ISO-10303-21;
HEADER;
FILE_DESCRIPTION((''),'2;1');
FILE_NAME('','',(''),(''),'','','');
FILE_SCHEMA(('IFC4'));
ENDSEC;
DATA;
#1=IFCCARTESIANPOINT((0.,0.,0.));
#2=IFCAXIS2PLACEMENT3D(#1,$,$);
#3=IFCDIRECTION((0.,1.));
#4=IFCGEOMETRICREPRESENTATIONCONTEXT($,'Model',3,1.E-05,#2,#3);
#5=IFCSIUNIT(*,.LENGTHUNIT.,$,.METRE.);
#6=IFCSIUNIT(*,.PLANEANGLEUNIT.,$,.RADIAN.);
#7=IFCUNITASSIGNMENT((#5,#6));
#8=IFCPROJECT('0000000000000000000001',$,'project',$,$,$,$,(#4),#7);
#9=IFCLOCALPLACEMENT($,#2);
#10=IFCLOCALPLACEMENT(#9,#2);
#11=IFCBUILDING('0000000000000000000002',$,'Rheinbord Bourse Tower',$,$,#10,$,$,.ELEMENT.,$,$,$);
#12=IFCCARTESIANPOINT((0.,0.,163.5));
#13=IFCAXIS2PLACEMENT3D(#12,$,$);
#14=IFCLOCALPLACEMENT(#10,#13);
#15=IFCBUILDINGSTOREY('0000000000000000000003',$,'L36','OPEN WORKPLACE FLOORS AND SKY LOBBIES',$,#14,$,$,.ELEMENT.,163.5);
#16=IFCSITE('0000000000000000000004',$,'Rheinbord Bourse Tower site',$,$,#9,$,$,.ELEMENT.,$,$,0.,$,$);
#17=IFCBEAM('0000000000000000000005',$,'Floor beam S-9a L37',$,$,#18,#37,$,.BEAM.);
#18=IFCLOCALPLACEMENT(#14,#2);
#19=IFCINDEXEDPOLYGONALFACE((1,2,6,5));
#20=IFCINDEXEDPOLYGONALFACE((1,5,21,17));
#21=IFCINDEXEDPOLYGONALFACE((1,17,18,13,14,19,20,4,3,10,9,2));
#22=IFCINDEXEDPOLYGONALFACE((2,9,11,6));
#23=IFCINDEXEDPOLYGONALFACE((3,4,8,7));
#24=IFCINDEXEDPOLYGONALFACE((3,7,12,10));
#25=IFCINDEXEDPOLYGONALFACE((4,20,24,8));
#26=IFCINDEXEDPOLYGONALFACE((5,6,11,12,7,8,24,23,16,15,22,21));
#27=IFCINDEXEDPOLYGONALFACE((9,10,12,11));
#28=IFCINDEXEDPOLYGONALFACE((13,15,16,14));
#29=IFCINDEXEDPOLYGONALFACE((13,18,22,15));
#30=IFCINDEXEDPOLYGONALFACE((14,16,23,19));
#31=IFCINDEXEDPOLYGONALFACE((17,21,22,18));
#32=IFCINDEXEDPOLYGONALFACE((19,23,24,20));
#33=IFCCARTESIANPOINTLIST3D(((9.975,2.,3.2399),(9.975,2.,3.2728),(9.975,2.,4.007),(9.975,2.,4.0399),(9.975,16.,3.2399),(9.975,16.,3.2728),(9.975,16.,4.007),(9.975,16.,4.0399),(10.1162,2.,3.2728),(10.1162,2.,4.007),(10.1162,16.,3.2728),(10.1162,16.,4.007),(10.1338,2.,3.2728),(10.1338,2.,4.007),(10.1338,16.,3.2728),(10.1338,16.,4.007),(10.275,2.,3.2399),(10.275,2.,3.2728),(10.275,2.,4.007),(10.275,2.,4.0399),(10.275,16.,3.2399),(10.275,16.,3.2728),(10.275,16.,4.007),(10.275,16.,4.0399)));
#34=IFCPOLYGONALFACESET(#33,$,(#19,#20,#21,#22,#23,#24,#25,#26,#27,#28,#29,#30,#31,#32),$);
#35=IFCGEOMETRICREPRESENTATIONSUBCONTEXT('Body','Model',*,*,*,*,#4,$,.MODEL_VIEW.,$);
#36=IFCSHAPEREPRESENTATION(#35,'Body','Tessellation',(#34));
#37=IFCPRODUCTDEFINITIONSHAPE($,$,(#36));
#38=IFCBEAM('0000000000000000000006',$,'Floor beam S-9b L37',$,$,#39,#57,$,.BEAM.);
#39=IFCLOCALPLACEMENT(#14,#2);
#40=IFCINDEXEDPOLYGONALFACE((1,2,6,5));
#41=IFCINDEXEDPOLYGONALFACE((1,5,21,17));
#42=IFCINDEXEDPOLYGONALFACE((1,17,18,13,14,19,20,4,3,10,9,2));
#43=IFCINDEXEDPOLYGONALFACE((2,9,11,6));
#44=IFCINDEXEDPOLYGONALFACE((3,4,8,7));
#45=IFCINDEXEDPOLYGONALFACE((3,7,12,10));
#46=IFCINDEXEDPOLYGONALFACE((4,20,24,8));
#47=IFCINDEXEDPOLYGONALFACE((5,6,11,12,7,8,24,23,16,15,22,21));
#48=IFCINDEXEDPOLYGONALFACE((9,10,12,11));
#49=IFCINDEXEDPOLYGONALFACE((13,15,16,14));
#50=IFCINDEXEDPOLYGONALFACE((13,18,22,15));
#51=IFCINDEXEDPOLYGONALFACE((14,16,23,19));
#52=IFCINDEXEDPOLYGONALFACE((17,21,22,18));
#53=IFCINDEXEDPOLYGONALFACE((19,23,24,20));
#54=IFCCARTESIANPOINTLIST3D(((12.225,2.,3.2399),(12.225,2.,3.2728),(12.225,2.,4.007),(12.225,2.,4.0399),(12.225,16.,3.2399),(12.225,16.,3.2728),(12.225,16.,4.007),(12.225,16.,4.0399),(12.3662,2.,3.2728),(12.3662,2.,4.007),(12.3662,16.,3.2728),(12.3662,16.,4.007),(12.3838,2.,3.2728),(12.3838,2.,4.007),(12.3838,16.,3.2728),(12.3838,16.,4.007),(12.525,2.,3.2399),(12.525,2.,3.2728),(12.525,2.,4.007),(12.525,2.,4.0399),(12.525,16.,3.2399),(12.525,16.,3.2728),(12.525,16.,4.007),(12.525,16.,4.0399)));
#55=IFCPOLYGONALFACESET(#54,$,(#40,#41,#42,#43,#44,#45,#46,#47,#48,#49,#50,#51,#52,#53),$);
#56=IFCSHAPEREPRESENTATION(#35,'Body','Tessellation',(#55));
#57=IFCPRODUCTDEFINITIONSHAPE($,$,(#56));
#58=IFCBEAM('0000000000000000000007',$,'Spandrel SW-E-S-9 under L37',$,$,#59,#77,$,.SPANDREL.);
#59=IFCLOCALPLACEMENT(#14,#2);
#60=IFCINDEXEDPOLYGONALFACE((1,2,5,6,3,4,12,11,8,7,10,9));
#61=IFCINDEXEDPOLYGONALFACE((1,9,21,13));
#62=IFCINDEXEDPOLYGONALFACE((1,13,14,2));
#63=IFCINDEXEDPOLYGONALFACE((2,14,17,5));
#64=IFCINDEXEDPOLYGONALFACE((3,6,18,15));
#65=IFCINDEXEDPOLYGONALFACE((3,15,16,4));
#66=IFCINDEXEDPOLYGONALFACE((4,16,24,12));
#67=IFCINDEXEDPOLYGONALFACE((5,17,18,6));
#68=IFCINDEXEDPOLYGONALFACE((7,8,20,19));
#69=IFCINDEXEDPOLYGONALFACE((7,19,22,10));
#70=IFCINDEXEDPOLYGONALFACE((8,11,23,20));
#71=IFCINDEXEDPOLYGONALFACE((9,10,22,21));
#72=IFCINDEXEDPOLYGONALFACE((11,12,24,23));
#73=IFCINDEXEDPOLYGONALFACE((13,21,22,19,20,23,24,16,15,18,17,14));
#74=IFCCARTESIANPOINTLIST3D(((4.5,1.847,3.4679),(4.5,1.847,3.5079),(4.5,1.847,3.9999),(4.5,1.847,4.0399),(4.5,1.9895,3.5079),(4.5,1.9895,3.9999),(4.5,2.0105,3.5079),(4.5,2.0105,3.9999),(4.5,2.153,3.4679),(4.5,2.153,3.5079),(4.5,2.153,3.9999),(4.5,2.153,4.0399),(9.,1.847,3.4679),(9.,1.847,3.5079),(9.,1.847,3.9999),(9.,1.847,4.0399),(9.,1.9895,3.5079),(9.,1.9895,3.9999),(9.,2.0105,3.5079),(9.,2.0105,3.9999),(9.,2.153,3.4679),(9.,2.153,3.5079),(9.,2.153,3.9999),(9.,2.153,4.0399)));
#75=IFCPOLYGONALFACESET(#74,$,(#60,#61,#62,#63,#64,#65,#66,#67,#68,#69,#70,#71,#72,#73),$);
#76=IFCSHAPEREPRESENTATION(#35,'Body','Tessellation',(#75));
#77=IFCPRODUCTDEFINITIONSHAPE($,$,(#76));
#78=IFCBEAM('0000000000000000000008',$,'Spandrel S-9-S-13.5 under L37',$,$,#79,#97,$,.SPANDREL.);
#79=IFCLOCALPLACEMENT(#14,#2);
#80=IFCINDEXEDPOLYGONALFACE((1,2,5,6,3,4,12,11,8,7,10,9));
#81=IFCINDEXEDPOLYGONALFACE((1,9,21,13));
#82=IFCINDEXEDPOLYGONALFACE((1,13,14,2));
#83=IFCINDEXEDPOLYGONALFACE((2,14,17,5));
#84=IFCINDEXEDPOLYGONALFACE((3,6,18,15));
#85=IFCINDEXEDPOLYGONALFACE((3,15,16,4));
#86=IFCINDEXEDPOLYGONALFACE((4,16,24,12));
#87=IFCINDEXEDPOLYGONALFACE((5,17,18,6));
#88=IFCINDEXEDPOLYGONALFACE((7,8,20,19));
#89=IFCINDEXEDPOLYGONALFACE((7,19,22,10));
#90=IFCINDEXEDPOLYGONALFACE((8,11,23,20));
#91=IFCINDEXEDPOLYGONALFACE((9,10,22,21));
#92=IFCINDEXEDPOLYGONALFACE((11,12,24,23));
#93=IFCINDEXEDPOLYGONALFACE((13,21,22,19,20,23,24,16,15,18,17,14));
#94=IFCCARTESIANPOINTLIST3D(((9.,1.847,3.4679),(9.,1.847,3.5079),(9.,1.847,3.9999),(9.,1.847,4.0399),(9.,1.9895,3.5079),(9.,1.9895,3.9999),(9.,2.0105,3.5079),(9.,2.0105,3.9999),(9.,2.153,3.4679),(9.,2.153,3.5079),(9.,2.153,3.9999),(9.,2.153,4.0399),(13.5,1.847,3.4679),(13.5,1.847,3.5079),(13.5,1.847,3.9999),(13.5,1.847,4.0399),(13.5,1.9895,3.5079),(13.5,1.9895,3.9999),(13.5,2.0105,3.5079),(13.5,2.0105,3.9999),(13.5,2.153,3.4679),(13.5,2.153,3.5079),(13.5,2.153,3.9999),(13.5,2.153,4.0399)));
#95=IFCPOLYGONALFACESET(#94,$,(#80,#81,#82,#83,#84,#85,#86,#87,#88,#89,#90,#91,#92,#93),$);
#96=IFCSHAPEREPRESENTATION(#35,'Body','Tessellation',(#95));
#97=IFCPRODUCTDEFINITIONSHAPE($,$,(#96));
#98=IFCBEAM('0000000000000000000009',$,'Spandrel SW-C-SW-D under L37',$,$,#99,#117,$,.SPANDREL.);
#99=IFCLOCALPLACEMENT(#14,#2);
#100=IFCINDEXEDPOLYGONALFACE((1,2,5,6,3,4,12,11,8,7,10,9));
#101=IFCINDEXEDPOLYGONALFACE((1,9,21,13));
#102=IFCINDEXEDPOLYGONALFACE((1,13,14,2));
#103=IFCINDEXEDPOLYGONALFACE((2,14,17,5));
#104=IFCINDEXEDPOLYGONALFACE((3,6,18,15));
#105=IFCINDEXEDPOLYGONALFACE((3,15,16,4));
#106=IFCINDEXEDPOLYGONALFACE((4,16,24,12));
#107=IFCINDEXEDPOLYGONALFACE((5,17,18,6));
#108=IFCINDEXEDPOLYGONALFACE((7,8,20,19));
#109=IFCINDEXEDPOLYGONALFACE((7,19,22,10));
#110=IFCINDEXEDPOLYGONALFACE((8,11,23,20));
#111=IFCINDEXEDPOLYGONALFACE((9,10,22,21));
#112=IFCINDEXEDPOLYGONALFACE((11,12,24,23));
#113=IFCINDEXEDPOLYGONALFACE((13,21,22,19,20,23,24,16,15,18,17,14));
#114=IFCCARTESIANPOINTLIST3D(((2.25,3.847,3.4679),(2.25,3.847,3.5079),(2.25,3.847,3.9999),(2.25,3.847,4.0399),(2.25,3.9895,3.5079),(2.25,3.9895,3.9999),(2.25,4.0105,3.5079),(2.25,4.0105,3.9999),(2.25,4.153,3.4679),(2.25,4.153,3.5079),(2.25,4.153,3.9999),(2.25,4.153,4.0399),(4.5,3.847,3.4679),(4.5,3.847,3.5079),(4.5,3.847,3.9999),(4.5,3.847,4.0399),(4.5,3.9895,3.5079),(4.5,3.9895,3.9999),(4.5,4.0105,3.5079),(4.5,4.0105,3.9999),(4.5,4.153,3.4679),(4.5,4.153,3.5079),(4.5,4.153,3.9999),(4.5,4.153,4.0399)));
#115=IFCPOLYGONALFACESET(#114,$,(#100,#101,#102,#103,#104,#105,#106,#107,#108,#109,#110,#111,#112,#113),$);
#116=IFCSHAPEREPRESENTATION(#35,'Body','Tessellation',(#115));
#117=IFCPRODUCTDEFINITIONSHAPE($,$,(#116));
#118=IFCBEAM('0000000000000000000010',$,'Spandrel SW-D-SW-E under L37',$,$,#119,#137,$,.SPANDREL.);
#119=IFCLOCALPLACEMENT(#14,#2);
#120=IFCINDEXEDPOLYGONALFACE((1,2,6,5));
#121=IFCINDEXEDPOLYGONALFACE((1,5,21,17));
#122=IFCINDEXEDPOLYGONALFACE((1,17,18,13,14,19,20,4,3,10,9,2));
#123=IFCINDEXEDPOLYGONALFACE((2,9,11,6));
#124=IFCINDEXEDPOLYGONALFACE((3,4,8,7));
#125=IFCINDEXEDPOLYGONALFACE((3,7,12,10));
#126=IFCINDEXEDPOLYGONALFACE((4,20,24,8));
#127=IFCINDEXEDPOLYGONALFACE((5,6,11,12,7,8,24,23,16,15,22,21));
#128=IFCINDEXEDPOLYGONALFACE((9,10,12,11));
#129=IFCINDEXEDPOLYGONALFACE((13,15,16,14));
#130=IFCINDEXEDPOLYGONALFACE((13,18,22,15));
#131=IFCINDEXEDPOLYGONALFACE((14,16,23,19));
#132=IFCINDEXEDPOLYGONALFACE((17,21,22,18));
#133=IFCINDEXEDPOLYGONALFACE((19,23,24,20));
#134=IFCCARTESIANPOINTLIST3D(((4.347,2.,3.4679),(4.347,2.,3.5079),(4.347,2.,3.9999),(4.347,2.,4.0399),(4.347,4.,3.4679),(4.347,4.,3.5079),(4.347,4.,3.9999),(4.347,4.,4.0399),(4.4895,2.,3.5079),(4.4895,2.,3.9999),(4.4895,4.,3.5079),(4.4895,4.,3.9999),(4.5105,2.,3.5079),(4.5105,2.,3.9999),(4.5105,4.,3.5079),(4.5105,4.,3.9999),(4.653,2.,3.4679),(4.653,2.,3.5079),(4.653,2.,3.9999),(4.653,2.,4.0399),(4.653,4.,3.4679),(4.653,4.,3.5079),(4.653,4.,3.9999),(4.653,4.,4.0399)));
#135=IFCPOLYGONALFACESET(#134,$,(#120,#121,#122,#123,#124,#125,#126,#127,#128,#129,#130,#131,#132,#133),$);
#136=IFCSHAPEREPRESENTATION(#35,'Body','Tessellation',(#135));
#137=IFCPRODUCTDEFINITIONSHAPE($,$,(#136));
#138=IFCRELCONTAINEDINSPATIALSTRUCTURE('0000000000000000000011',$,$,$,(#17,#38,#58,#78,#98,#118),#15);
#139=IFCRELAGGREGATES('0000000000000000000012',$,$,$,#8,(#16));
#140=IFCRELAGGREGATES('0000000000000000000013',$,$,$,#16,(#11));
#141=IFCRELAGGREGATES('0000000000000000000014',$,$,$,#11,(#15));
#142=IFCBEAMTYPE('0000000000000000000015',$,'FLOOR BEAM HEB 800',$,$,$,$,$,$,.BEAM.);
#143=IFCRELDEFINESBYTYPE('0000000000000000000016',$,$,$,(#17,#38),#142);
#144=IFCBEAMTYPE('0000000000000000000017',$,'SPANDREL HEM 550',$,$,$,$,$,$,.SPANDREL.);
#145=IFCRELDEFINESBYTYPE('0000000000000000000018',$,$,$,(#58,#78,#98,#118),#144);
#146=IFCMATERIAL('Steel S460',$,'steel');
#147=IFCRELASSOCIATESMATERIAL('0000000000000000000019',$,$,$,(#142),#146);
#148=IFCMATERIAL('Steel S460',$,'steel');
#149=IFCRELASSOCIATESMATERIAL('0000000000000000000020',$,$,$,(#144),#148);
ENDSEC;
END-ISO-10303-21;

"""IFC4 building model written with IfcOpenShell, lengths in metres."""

from ifc_helpers import new_model, si_unit, direction, frame, origin, origin_2d, place, context, subcontext, project, spatial, i_section, extrude, material, material_profile, profile_set, type_object, element, save


model = new_model("IFC4")

# Units and contexts
model_context = context("Model", 3, precision=1e-05, world=origin(), true_north=direction((0.0, 1.0)))
body_context = subcontext(model_context, "Body", "Model", "MODEL_VIEW")
ifc_project = project(units=[si_unit("LENGTHUNIT", "METRE"), si_unit("PLANEANGLEUNIT", "RADIAN")], contexts=[model_context])

# Site, building, storey
site_placement = place(None, origin())
site = spatial("IfcSite", under=ifc_project, at=site_placement, Name="Rheinbord Bourse Tower site", CompositionType="ELEMENT", RefElevation=0.0)
building_placement = place(site_placement, origin())
building = spatial("IfcBuilding", under=site, at=building_placement, Name="Rheinbord Bourse Tower", CompositionType="ELEMENT")
storey_placement = place(building_placement, frame((0.0, 0.0, 163.5)))
storey = spatial("IfcBuildingStorey", under=building, at=storey_placement, Name="L36", Description="OPEN WORKPLACE FLOORS AND SKY LOBBIES", CompositionType="ELEMENT", Elevation=163.5)

# Beams
ifc_material_1 = material(Name="Steel S460", Category="steel")
ifc_material_profile_1 = material_profile(ifc_material_1, i_section(OverallWidth=0.3, OverallDepth=0.8, WebThickness=0.0176, FlangeThickness=0.033, at=origin_2d()), Name="HEB 800")
ifc_profile_set_1 = profile_set([ifc_material_profile_1], Name="Steel S460")
beam_type_1 = type_object("IfcBeamType", Name="FLOOR BEAM HEB 800", PredefinedType="BEAM", material=ifc_profile_set_1)
for number, where, z_axis, x_axis, name in (
    (1, (10.125, 2.0, 3.6399), (0.0, 1.0, 0.0), (-1.0, 0.0, 0.0), "Floor beam S-9a L37"),
    (2, (12.375, 2.0, 3.6399), (0.0, 1.0, 0.0), (-1.0, 0.0, 0.0), "Floor beam S-9b L37"),
):
    element("IfcBeam", number, at=place(storey_placement, frame(where, z_axis=z_axis, x_axis=x_axis)), inside=storey, type_object=beam_type_1, Name=name, PredefinedType="BEAM", context=body_context, shape_type="SweptSolid", body=[
        extrude(i_section(OverallWidth=0.3, OverallDepth=0.8, WebThickness=0.0176, FlangeThickness=0.033, at=origin_2d()), origin(), (0.0, 0.0, 1.0), 14.0),
    ])
ifc_material_2 = material(Name="Steel S460", Category="steel")
ifc_material_profile_2 = material_profile(ifc_material_2, i_section(OverallWidth=0.3059, OverallDepth=0.572, WebThickness=0.021, FlangeThickness=0.04, at=origin_2d()), Name="HEM 550")
ifc_profile_set_2 = profile_set([ifc_material_profile_2], Name="Steel S460")
beam_type_2 = type_object("IfcBeamType", Name="SPANDREL HEM 550", PredefinedType="SPANDREL", material=ifc_profile_set_2)
for number, where, z_axis, x_axis, name in (
    (3, (4.5, 2.0, 3.7539), (1.0, 0.0, 0.0), (0.0, 1.0, 0.0), "Spandrel SW-E-S-9 under L37"),
    (4, (9.0, 2.0, 3.7539), (1.0, 0.0, 0.0), (0.0, 1.0, 0.0), "Spandrel S-9-S-13.5 under L37"),
):
    element("IfcBeam", number, at=place(storey_placement, frame(where, z_axis=z_axis, x_axis=x_axis)), inside=storey, type_object=beam_type_2, Name=name, PredefinedType="SPANDREL", context=body_context, shape_type="SweptSolid", body=[
        extrude(i_section(OverallWidth=0.3059, OverallDepth=0.572, WebThickness=0.021, FlangeThickness=0.04, at=origin_2d()), origin(), (0.0, 0.0, 1.0), 4.5),
    ])
beam_1_placement = place(storey_placement, frame((2.25, 4.0, 3.7539), z_axis=(1.0, 0.0, 0.0), x_axis=(0.0, 1.0, 0.0)))
element("IfcBeam", 5, at=beam_1_placement, inside=storey, type_object=beam_type_2, Name="Spandrel SW-C-SW-D under L37", PredefinedType="SPANDREL", context=body_context, shape_type="SweptSolid", body=[
    extrude(i_section(OverallWidth=0.3059, OverallDepth=0.572, WebThickness=0.021, FlangeThickness=0.04, at=origin_2d()), origin(), (0.0, 0.0, 1.0), 2.25),
])
beam_2_placement = place(storey_placement, frame((4.5, 4.0, 3.7539), z_axis=(0.0, -1.0, 0.0), x_axis=(1.0, 0.0, 0.0)))
element("IfcBeam", 6, at=beam_2_placement, inside=storey, type_object=beam_type_2, Name="Spandrel SW-D-SW-E under L37", PredefinedType="SPANDREL", context=body_context, shape_type="SweptSolid", body=[
    extrude(i_section(OverallWidth=0.3059, OverallDepth=0.572, WebThickness=0.021, FlangeThickness=0.04, at=origin_2d()), origin(), (0.0, 0.0, 1.0), 2.0),
])

save(model, "model.ifc")
